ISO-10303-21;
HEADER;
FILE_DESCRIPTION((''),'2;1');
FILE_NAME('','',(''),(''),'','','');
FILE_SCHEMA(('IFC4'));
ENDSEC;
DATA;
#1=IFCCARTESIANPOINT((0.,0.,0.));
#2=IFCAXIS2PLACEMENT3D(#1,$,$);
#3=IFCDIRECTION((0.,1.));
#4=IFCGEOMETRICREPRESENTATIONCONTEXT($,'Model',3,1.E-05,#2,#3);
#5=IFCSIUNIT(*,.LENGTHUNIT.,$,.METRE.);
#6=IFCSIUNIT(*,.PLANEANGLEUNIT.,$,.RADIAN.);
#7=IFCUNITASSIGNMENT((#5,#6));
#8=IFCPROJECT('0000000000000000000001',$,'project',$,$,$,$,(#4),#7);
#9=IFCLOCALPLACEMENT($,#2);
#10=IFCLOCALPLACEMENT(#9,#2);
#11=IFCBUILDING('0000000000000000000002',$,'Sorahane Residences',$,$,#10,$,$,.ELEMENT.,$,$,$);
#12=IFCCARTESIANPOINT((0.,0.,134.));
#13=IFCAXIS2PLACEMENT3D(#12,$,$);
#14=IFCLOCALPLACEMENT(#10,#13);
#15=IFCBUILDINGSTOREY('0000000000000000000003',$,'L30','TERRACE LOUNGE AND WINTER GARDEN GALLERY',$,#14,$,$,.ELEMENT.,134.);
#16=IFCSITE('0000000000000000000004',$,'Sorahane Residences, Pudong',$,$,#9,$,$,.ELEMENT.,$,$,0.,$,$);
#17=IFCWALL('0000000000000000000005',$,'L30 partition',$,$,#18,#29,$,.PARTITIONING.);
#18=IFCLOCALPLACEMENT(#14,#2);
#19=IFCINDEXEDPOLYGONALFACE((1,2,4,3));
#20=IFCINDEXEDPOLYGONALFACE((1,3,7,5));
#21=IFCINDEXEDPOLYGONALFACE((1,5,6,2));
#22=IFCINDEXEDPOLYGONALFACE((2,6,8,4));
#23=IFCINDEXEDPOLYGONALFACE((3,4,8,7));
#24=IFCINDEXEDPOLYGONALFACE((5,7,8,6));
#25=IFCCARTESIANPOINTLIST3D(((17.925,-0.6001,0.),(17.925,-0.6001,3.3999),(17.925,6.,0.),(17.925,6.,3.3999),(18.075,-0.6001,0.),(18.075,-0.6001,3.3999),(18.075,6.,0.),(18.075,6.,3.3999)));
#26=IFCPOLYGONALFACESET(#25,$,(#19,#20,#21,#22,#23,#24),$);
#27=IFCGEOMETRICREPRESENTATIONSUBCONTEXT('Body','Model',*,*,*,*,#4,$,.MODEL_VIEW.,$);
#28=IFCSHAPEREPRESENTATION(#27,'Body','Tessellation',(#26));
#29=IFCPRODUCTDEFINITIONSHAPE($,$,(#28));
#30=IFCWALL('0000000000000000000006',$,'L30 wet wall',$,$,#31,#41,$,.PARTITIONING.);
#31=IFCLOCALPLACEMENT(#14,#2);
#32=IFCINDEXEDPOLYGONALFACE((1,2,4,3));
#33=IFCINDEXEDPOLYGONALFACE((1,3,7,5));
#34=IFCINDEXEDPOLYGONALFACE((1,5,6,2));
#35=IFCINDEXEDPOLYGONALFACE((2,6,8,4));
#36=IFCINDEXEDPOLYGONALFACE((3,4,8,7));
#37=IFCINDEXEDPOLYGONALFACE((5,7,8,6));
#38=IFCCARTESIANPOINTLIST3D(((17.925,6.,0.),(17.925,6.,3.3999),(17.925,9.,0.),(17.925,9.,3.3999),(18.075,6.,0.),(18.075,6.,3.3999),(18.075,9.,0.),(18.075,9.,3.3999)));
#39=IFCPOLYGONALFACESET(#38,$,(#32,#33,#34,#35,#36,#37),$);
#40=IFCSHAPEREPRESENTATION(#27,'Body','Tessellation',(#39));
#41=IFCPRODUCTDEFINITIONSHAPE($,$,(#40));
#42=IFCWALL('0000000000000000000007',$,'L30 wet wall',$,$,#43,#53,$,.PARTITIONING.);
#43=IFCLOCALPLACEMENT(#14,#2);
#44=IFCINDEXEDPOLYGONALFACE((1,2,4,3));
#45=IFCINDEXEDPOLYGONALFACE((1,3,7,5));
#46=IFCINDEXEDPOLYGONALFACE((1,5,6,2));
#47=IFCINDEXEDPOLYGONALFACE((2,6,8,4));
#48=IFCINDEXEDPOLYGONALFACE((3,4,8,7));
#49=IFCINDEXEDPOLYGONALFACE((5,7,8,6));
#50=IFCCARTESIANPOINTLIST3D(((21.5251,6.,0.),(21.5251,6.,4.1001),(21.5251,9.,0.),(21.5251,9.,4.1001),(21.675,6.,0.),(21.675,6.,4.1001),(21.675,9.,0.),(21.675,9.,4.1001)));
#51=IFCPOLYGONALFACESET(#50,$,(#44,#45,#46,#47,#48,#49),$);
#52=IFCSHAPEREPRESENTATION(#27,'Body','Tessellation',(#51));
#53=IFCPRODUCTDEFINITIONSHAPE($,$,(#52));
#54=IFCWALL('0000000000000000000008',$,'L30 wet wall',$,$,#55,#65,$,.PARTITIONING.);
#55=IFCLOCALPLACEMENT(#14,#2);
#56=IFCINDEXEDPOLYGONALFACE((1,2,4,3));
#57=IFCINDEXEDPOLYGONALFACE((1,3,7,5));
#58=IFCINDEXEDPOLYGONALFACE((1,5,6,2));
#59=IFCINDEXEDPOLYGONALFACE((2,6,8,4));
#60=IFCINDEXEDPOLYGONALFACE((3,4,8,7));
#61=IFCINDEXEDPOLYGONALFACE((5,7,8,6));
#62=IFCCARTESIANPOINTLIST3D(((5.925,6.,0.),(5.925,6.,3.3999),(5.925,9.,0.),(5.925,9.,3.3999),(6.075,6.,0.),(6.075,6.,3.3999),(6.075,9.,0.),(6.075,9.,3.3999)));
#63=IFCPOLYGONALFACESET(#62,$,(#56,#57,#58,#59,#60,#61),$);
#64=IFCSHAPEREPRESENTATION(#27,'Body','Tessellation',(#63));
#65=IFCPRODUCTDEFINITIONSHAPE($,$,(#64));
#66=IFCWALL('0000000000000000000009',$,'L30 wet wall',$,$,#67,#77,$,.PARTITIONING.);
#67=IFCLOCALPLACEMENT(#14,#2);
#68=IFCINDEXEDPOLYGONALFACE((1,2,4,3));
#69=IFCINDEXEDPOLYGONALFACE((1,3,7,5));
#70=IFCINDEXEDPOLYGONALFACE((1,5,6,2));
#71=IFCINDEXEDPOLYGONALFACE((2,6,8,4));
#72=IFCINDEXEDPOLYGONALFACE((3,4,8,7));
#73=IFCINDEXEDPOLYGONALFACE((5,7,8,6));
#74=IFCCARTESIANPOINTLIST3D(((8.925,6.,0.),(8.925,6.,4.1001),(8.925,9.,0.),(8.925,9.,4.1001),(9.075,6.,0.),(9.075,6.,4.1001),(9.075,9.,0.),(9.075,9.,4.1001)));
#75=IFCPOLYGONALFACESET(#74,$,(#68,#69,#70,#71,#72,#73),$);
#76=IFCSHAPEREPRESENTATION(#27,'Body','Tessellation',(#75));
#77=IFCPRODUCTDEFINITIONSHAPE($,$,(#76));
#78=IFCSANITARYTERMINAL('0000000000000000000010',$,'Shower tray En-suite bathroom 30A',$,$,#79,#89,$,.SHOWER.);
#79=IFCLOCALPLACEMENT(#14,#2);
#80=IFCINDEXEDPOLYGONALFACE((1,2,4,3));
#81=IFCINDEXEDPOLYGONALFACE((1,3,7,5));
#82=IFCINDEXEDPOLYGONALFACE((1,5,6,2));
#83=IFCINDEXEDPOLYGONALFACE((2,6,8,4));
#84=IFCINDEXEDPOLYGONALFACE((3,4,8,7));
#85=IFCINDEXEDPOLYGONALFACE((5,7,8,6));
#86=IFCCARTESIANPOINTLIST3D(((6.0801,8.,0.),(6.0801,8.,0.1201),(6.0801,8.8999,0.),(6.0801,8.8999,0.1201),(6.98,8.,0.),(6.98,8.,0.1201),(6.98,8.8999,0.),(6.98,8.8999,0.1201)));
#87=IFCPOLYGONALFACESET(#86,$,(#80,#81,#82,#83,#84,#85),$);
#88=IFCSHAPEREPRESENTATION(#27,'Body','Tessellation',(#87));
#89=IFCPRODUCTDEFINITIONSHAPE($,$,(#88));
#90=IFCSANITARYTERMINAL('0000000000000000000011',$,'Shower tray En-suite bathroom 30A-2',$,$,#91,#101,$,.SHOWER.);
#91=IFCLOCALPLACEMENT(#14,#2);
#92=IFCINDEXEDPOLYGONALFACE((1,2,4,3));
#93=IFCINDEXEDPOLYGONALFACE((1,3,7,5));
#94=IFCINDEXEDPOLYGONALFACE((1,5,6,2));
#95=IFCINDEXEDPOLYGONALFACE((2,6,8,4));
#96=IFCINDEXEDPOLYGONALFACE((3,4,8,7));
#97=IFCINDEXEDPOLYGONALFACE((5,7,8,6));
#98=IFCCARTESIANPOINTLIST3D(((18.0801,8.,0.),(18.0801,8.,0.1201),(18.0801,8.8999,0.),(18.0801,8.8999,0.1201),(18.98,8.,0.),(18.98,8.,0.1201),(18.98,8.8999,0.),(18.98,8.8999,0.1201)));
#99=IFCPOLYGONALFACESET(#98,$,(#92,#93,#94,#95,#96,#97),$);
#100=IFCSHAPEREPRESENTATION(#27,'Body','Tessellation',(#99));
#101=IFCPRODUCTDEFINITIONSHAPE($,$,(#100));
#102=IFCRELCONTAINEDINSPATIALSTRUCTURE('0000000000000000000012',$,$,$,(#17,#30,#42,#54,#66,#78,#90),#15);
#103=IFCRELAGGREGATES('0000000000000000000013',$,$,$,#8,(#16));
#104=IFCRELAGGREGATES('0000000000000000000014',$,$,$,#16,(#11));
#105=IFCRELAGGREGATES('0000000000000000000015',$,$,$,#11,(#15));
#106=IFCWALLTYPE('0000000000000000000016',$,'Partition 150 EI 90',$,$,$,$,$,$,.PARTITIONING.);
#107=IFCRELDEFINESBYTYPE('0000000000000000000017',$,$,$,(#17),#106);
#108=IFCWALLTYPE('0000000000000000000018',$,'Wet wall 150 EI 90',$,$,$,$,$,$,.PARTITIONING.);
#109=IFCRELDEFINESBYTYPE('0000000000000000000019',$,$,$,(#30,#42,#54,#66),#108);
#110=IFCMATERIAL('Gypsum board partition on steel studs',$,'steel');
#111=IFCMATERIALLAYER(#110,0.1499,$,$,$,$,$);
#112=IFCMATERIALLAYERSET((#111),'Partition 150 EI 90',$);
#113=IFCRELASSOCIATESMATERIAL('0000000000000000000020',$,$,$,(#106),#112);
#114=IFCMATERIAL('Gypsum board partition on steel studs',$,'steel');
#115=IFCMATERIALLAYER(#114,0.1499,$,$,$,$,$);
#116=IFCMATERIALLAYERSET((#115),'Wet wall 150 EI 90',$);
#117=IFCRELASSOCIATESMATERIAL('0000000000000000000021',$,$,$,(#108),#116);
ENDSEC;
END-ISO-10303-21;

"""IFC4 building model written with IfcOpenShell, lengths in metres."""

from ifc_helpers import new_model, si_unit, direction, frame, frame_2d, origin, origin_2d, place, context, subcontext, project, spatial, rectangle, extrude, material, layer, layer_set, type_object, element, save


model = new_model("IFC4")

# Units and contexts
model_context = context("Model", 3, precision=1e-05, world=origin(), true_north=direction((0.0, 1.0)))
body_context = subcontext(model_context, "Body", "Model", "MODEL_VIEW")
ifc_project = project(units=[si_unit("LENGTHUNIT", "METRE"), si_unit("PLANEANGLEUNIT", "RADIAN")], contexts=[model_context])

# Site, building, storey
site_placement = place(None, origin())
site = spatial("IfcSite", under=ifc_project, at=site_placement, Name="Sorahane Residences, Pudong", CompositionType="ELEMENT", RefElevation=0.0)
building_placement = place(site_placement, origin())
building = spatial("IfcBuilding", under=site, at=building_placement, Name="Sorahane Residences", CompositionType="ELEMENT")
storey_placement = place(building_placement, frame((0.0, 0.0, 134.0)))
storey = spatial("IfcBuildingStorey", under=building, at=storey_placement, Name="L30", Description="TERRACE LOUNGE AND WINTER GARDEN GALLERY", CompositionType="ELEMENT", Elevation=134.0)

# Wall
ifc_material_1 = material(Name="Gypsum board partition on steel studs", Category="steel")
ifc_layer_1 = layer(ifc_material_1, 0.1499)
ifc_layer_set_1 = layer_set([ifc_layer_1], Name="Partition 150 EI 90")
wall_type_1 = type_object("IfcWallType", Name="Partition 150 EI 90", PredefinedType="PARTITIONING", material=ifc_layer_set_1)
wall_1_placement = place(storey_placement, frame((18.0, -0.6001, 0.0), z_axis=(0.0, 0.0, 1.0), x_axis=(0.0, 1.0, 0.0)))
element("IfcWall", 1, at=wall_1_placement, inside=storey, type_object=wall_type_1, Name="L30 partition", PredefinedType="PARTITIONING", context=body_context, shape_type="SweptSolid", body=[
    extrude(rectangle(XDim=6.6001, YDim=0.1499, at=frame_2d((3.3, 0.0))), origin(), (0.0, 0.0, 1.0), 3.3999),
])

# Walls
ifc_material_2 = material(Name="Gypsum board partition on steel studs", Category="steel")
ifc_layer_2 = layer(ifc_material_2, 0.1499)
ifc_layer_set_2 = layer_set([ifc_layer_2], Name="Wet wall 150 EI 90")
wall_type_2 = type_object("IfcWallType", Name="Wet wall 150 EI 90", PredefinedType="PARTITIONING", material=ifc_layer_set_2)
wall_2_placement = place(storey_placement, frame((18.0, 6.0, 0.0), z_axis=(0.0, 0.0, 1.0), x_axis=(0.0, 1.0, 0.0)))
element("IfcWall", 2, at=wall_2_placement, inside=storey, type_object=wall_type_2, Name="L30 wet wall", PredefinedType="PARTITIONING", context=body_context, shape_type="SweptSolid", body=[
    extrude(rectangle(XDim=3.0, YDim=0.1499, at=frame_2d((1.5, 0.0))), origin(), (0.0, 0.0, 1.0), 3.3999),
])
wall_3_placement = place(storey_placement, frame((21.6001, 6.0, 0.0), z_axis=(0.0, 0.0, 1.0), x_axis=(0.0, 1.0, 0.0)))
element("IfcWall", 3, at=wall_3_placement, inside=storey, type_object=wall_type_2, Name="L30 wet wall", PredefinedType="PARTITIONING", context=body_context, shape_type="SweptSolid", body=[
    extrude(rectangle(XDim=3.0, YDim=0.1499, at=frame_2d((1.5, 0.0))), origin(), (0.0, 0.0, 1.0), 4.1001),
])
wall_4_placement = place(storey_placement, frame((6.0, 6.0, 0.0), z_axis=(0.0, 0.0, 1.0), x_axis=(0.0, 1.0, 0.0)))
element("IfcWall", 4, at=wall_4_placement, inside=storey, type_object=wall_type_2, Name="L30 wet wall", PredefinedType="PARTITIONING", context=body_context, shape_type="SweptSolid", body=[
    extrude(rectangle(XDim=3.0, YDim=0.1499, at=frame_2d((1.5, 0.0))), origin(), (0.0, 0.0, 1.0), 3.3999),
])
wall_5_placement = place(storey_placement, frame((9.0, 6.0, 0.0), z_axis=(0.0, 0.0, 1.0), x_axis=(0.0, 1.0, 0.0)))
element("IfcWall", 5, at=wall_5_placement, inside=storey, type_object=wall_type_2, Name="L30 wet wall", PredefinedType="PARTITIONING", context=body_context, shape_type="SweptSolid", body=[
    extrude(rectangle(XDim=3.0, YDim=0.1499, at=frame_2d((1.5, 0.0))), origin(), (0.0, 0.0, 1.0), 4.1001),
])

# Sanitary terminals
for number, where, z_axis, x_axis, name in (
    (6, (6.53, 8.45, 0.0), (0.0, 0.0, 1.0), (1.0, 0.0, 0.0), "Shower tray En-suite bathroom 30A"),
    (7, (18.53, 8.45, 0.0), (0.0, 0.0, 1.0), (1.0, 0.0, 0.0), "Shower tray En-suite bathroom 30A-2"),
):
    element("IfcSanitaryTerminal", number, at=place(storey_placement, frame(where, z_axis=z_axis, x_axis=x_axis)), inside=storey, Name=name, PredefinedType="SHOWER", context=body_context, shape_type="SweptSolid", body=[
        extrude(rectangle(XDim=0.8999, YDim=0.8999, at=origin_2d()), origin(), (0.0, 0.0, 1.0), 0.1201),
    ])

save(model, "model.ifc")
